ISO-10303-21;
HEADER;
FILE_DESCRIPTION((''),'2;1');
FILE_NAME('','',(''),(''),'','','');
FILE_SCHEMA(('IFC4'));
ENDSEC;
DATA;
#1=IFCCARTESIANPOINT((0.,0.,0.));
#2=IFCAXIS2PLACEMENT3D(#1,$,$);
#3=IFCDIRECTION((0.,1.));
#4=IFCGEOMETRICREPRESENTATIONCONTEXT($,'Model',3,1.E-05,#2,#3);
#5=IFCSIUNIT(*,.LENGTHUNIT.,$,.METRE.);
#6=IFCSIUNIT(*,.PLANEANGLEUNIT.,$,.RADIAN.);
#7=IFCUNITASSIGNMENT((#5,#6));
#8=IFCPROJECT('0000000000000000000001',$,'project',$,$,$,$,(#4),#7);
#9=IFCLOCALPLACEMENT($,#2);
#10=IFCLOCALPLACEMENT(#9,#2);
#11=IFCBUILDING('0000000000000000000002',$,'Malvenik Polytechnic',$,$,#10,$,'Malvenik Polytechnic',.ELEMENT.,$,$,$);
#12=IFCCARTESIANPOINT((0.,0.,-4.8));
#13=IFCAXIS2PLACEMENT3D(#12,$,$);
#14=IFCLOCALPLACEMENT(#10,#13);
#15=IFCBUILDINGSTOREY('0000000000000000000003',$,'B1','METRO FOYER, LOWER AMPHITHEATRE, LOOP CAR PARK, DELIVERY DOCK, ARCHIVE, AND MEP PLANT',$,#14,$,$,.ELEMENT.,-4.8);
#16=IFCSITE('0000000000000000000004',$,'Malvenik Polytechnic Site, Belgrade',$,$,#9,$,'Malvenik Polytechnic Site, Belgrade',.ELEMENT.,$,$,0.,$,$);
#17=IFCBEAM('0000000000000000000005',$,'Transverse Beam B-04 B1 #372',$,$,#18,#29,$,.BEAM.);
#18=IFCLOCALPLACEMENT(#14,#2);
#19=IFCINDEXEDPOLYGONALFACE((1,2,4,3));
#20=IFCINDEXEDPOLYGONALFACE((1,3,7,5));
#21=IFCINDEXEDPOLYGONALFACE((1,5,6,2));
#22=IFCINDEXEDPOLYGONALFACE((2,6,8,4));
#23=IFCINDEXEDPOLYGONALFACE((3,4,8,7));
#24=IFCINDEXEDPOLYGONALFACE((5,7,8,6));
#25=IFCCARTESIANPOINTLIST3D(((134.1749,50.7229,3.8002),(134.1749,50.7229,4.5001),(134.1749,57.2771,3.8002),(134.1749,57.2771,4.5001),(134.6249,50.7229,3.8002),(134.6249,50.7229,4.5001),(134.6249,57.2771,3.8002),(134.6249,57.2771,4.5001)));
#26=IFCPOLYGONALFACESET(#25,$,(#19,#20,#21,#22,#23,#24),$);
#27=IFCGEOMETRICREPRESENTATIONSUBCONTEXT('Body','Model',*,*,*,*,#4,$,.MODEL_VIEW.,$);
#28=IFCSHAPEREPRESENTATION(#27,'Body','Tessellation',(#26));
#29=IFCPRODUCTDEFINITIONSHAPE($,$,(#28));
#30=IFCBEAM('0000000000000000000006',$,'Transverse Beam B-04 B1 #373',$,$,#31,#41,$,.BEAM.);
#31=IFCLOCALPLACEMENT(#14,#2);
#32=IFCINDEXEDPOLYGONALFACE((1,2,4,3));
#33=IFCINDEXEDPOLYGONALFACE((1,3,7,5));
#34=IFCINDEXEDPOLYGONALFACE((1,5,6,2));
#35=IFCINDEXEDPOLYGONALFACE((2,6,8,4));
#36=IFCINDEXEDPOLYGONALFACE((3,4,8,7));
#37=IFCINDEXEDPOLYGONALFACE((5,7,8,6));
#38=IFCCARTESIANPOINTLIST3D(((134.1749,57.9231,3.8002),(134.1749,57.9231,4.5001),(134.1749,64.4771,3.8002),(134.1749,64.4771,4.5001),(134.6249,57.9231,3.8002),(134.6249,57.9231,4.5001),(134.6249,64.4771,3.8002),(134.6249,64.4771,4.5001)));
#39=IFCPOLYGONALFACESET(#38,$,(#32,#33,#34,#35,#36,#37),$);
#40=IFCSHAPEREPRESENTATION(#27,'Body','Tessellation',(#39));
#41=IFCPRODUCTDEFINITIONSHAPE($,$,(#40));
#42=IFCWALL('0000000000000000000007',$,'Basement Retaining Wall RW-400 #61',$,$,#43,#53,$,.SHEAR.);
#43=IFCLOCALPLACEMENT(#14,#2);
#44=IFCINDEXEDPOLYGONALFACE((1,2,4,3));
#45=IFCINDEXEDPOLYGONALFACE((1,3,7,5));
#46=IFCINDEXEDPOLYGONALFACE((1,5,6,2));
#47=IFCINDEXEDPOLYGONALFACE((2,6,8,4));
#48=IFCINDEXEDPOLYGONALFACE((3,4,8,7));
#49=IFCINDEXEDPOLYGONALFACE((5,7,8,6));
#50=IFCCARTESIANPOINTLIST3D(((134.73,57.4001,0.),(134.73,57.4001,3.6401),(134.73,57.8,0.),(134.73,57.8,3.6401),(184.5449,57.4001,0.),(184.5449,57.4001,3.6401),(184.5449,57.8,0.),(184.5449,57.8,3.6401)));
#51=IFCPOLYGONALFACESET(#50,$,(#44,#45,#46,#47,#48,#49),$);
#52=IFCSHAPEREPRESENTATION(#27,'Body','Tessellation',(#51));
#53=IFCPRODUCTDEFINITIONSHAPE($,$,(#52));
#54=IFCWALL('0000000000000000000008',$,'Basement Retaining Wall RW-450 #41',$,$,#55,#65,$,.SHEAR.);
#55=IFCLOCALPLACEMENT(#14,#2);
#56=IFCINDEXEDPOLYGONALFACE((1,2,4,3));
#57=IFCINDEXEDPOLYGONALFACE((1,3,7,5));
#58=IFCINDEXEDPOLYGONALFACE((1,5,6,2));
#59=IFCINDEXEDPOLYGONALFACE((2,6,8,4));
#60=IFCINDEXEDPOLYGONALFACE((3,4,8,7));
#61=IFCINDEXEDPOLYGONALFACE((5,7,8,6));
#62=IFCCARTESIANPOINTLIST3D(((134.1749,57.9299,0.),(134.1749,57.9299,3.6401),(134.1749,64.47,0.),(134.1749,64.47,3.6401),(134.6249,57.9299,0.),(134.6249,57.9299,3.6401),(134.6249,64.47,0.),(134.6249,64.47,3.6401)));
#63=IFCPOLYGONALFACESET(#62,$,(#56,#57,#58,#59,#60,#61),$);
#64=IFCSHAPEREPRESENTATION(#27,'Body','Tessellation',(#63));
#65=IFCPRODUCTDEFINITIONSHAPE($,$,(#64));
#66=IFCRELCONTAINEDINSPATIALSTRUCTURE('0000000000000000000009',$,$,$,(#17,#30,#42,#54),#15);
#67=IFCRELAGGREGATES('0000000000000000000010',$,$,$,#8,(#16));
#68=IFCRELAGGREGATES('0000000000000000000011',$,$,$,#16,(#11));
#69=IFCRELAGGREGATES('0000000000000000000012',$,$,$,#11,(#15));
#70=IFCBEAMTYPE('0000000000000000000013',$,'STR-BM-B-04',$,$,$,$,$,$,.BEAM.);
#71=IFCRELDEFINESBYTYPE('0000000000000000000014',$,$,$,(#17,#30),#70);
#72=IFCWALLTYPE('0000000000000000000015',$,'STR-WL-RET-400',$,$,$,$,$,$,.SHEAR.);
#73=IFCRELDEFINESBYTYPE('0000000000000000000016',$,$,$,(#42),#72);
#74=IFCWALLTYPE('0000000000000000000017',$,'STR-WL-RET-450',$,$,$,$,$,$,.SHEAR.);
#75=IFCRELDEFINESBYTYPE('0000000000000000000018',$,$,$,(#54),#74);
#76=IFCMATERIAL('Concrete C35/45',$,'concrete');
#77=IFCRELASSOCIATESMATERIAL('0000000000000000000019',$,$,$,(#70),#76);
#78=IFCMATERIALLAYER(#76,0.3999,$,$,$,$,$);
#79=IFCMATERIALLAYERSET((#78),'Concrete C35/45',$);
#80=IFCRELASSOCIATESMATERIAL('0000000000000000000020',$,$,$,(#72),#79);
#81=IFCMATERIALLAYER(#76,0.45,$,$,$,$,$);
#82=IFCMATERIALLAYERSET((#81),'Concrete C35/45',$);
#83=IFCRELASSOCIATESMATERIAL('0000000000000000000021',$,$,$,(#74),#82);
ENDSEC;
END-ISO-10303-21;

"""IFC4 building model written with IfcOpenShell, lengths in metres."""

from ifc_helpers import new_model, si_unit, direction, frame, frame_2d, origin, origin_2d, place, context, subcontext, project, spatial, rectangle, extrude, material, layer, layer_set, material_profile, profile_set, type_object, element, save


model = new_model("IFC4")

# Units and contexts
model_context = context("Model", 3, precision=1e-05, world=origin(), true_north=direction((0.0, 1.0)))
body_context = subcontext(model_context, "Body", "Model", "MODEL_VIEW")
ifc_project = project(units=[si_unit("LENGTHUNIT", "METRE"), si_unit("PLANEANGLEUNIT", "RADIAN")], contexts=[model_context])

# Site, building, storey
site_placement = place(None, origin())
site = spatial("IfcSite", under=ifc_project, at=site_placement, Name="Malvenik Polytechnic Site, Belgrade", LongName="Malvenik Polytechnic Site, Belgrade", CompositionType="ELEMENT", RefElevation=0.0)
building_placement = place(site_placement, origin())
building = spatial("IfcBuilding", under=site, at=building_placement, Name="Malvenik Polytechnic", LongName="Malvenik Polytechnic", CompositionType="ELEMENT")
storey_placement = place(building_placement, frame((0.0, 0.0, -4.8)))
storey = spatial("IfcBuildingStorey", under=building, at=storey_placement, Name="B1", Description="METRO FOYER, LOWER AMPHITHEATRE, LOOP CAR PARK, DELIVERY DOCK, ARCHIVE, AND MEP PLANT", CompositionType="ELEMENT", Elevation=-4.8)

# Shared definitions
ifc_material = material(Name="Concrete C35/45", Category="concrete")

# Beams
ifc_material_profile_1 = material_profile(ifc_material, rectangle(XDim=0.45, YDim=0.7, at=origin_2d()), Name="RC BM 450x700")
ifc_profile_set_1 = profile_set([ifc_material_profile_1], Name="Concrete C35/45")
beam_type = type_object("IfcBeamType", Name="STR-BM-B-04", PredefinedType="BEAM", material=ifc_profile_set_1)
beam_1_placement = place(storey_placement, frame((134.3999, 50.7229, 4.1501), z_axis=(0.0, 1.0, 0.0), x_axis=(-1.0, 0.0, 0.0)))
element("IfcBeam", 1, at=beam_1_placement, inside=storey, type_object=beam_type, Name="Transverse Beam B-04 B1 #372", PredefinedType="BEAM", context=body_context, shape_type="SweptSolid", body=[
    extrude(rectangle(XDim=0.45, YDim=0.7, at=origin_2d()), origin(), (0.0, 0.0, 1.0), 6.5542),
])
beam_2_placement = place(storey_placement, frame((134.3999, 57.9231, 4.1501), z_axis=(0.0, 1.0, 0.0), x_axis=(-1.0, 0.0, 0.0)))
element("IfcBeam", 2, at=beam_2_placement, inside=storey, type_object=beam_type, Name="Transverse Beam B-04 B1 #373", PredefinedType="BEAM", context=body_context, shape_type="SweptSolid", body=[
    extrude(rectangle(XDim=0.45, YDim=0.7, at=origin_2d()), origin(), (0.0, 0.0, 1.0), 6.554),
])

# Walls
ifc_layer_1 = layer(ifc_material, 0.3999)
ifc_layer_set_1 = layer_set([ifc_layer_1], Name="Concrete C35/45")
wall_type_1 = type_object("IfcWallType", Name="STR-WL-RET-400", PredefinedType="SHEAR", material=ifc_layer_set_1)
wall_1_placement = place(storey_placement, frame((134.73, 57.6001, 0.0), z_axis=(0.0, 0.0, 1.0), x_axis=(1.0, 0.0, 0.0)))
element("IfcWall", 3, at=wall_1_placement, inside=storey, type_object=wall_type_1, Name="Basement Retaining Wall RW-400 #61", PredefinedType="SHEAR", context=body_context, shape_type="SweptSolid", body=[
    extrude(rectangle(XDim=49.8149, YDim=0.3999, at=frame_2d((24.9075, 0.0))), origin(), (0.0, 0.0, 1.0), 3.6401),
])
ifc_layer_2 = layer(ifc_material, 0.45)
ifc_layer_set_2 = layer_set([ifc_layer_2], Name="Concrete C35/45")
wall_type_2 = type_object("IfcWallType", Name="STR-WL-RET-450", PredefinedType="SHEAR", material=ifc_layer_set_2)
wall_2_placement = place(storey_placement, frame((134.3999, 57.9299, 0.0), z_axis=(0.0, 0.0, 1.0), x_axis=(0.0, 1.0, 0.0)))
element("IfcWall", 4, at=wall_2_placement, inside=storey, type_object=wall_type_2, Name="Basement Retaining Wall RW-450 #41", PredefinedType="SHEAR", context=body_context, shape_type="SweptSolid", body=[
    extrude(rectangle(XDim=6.54, YDim=0.45, at=frame_2d((3.27, 0.0))), origin(), (0.0, 0.0, 1.0), 3.6401),
])

save(model, "model.ifc")
